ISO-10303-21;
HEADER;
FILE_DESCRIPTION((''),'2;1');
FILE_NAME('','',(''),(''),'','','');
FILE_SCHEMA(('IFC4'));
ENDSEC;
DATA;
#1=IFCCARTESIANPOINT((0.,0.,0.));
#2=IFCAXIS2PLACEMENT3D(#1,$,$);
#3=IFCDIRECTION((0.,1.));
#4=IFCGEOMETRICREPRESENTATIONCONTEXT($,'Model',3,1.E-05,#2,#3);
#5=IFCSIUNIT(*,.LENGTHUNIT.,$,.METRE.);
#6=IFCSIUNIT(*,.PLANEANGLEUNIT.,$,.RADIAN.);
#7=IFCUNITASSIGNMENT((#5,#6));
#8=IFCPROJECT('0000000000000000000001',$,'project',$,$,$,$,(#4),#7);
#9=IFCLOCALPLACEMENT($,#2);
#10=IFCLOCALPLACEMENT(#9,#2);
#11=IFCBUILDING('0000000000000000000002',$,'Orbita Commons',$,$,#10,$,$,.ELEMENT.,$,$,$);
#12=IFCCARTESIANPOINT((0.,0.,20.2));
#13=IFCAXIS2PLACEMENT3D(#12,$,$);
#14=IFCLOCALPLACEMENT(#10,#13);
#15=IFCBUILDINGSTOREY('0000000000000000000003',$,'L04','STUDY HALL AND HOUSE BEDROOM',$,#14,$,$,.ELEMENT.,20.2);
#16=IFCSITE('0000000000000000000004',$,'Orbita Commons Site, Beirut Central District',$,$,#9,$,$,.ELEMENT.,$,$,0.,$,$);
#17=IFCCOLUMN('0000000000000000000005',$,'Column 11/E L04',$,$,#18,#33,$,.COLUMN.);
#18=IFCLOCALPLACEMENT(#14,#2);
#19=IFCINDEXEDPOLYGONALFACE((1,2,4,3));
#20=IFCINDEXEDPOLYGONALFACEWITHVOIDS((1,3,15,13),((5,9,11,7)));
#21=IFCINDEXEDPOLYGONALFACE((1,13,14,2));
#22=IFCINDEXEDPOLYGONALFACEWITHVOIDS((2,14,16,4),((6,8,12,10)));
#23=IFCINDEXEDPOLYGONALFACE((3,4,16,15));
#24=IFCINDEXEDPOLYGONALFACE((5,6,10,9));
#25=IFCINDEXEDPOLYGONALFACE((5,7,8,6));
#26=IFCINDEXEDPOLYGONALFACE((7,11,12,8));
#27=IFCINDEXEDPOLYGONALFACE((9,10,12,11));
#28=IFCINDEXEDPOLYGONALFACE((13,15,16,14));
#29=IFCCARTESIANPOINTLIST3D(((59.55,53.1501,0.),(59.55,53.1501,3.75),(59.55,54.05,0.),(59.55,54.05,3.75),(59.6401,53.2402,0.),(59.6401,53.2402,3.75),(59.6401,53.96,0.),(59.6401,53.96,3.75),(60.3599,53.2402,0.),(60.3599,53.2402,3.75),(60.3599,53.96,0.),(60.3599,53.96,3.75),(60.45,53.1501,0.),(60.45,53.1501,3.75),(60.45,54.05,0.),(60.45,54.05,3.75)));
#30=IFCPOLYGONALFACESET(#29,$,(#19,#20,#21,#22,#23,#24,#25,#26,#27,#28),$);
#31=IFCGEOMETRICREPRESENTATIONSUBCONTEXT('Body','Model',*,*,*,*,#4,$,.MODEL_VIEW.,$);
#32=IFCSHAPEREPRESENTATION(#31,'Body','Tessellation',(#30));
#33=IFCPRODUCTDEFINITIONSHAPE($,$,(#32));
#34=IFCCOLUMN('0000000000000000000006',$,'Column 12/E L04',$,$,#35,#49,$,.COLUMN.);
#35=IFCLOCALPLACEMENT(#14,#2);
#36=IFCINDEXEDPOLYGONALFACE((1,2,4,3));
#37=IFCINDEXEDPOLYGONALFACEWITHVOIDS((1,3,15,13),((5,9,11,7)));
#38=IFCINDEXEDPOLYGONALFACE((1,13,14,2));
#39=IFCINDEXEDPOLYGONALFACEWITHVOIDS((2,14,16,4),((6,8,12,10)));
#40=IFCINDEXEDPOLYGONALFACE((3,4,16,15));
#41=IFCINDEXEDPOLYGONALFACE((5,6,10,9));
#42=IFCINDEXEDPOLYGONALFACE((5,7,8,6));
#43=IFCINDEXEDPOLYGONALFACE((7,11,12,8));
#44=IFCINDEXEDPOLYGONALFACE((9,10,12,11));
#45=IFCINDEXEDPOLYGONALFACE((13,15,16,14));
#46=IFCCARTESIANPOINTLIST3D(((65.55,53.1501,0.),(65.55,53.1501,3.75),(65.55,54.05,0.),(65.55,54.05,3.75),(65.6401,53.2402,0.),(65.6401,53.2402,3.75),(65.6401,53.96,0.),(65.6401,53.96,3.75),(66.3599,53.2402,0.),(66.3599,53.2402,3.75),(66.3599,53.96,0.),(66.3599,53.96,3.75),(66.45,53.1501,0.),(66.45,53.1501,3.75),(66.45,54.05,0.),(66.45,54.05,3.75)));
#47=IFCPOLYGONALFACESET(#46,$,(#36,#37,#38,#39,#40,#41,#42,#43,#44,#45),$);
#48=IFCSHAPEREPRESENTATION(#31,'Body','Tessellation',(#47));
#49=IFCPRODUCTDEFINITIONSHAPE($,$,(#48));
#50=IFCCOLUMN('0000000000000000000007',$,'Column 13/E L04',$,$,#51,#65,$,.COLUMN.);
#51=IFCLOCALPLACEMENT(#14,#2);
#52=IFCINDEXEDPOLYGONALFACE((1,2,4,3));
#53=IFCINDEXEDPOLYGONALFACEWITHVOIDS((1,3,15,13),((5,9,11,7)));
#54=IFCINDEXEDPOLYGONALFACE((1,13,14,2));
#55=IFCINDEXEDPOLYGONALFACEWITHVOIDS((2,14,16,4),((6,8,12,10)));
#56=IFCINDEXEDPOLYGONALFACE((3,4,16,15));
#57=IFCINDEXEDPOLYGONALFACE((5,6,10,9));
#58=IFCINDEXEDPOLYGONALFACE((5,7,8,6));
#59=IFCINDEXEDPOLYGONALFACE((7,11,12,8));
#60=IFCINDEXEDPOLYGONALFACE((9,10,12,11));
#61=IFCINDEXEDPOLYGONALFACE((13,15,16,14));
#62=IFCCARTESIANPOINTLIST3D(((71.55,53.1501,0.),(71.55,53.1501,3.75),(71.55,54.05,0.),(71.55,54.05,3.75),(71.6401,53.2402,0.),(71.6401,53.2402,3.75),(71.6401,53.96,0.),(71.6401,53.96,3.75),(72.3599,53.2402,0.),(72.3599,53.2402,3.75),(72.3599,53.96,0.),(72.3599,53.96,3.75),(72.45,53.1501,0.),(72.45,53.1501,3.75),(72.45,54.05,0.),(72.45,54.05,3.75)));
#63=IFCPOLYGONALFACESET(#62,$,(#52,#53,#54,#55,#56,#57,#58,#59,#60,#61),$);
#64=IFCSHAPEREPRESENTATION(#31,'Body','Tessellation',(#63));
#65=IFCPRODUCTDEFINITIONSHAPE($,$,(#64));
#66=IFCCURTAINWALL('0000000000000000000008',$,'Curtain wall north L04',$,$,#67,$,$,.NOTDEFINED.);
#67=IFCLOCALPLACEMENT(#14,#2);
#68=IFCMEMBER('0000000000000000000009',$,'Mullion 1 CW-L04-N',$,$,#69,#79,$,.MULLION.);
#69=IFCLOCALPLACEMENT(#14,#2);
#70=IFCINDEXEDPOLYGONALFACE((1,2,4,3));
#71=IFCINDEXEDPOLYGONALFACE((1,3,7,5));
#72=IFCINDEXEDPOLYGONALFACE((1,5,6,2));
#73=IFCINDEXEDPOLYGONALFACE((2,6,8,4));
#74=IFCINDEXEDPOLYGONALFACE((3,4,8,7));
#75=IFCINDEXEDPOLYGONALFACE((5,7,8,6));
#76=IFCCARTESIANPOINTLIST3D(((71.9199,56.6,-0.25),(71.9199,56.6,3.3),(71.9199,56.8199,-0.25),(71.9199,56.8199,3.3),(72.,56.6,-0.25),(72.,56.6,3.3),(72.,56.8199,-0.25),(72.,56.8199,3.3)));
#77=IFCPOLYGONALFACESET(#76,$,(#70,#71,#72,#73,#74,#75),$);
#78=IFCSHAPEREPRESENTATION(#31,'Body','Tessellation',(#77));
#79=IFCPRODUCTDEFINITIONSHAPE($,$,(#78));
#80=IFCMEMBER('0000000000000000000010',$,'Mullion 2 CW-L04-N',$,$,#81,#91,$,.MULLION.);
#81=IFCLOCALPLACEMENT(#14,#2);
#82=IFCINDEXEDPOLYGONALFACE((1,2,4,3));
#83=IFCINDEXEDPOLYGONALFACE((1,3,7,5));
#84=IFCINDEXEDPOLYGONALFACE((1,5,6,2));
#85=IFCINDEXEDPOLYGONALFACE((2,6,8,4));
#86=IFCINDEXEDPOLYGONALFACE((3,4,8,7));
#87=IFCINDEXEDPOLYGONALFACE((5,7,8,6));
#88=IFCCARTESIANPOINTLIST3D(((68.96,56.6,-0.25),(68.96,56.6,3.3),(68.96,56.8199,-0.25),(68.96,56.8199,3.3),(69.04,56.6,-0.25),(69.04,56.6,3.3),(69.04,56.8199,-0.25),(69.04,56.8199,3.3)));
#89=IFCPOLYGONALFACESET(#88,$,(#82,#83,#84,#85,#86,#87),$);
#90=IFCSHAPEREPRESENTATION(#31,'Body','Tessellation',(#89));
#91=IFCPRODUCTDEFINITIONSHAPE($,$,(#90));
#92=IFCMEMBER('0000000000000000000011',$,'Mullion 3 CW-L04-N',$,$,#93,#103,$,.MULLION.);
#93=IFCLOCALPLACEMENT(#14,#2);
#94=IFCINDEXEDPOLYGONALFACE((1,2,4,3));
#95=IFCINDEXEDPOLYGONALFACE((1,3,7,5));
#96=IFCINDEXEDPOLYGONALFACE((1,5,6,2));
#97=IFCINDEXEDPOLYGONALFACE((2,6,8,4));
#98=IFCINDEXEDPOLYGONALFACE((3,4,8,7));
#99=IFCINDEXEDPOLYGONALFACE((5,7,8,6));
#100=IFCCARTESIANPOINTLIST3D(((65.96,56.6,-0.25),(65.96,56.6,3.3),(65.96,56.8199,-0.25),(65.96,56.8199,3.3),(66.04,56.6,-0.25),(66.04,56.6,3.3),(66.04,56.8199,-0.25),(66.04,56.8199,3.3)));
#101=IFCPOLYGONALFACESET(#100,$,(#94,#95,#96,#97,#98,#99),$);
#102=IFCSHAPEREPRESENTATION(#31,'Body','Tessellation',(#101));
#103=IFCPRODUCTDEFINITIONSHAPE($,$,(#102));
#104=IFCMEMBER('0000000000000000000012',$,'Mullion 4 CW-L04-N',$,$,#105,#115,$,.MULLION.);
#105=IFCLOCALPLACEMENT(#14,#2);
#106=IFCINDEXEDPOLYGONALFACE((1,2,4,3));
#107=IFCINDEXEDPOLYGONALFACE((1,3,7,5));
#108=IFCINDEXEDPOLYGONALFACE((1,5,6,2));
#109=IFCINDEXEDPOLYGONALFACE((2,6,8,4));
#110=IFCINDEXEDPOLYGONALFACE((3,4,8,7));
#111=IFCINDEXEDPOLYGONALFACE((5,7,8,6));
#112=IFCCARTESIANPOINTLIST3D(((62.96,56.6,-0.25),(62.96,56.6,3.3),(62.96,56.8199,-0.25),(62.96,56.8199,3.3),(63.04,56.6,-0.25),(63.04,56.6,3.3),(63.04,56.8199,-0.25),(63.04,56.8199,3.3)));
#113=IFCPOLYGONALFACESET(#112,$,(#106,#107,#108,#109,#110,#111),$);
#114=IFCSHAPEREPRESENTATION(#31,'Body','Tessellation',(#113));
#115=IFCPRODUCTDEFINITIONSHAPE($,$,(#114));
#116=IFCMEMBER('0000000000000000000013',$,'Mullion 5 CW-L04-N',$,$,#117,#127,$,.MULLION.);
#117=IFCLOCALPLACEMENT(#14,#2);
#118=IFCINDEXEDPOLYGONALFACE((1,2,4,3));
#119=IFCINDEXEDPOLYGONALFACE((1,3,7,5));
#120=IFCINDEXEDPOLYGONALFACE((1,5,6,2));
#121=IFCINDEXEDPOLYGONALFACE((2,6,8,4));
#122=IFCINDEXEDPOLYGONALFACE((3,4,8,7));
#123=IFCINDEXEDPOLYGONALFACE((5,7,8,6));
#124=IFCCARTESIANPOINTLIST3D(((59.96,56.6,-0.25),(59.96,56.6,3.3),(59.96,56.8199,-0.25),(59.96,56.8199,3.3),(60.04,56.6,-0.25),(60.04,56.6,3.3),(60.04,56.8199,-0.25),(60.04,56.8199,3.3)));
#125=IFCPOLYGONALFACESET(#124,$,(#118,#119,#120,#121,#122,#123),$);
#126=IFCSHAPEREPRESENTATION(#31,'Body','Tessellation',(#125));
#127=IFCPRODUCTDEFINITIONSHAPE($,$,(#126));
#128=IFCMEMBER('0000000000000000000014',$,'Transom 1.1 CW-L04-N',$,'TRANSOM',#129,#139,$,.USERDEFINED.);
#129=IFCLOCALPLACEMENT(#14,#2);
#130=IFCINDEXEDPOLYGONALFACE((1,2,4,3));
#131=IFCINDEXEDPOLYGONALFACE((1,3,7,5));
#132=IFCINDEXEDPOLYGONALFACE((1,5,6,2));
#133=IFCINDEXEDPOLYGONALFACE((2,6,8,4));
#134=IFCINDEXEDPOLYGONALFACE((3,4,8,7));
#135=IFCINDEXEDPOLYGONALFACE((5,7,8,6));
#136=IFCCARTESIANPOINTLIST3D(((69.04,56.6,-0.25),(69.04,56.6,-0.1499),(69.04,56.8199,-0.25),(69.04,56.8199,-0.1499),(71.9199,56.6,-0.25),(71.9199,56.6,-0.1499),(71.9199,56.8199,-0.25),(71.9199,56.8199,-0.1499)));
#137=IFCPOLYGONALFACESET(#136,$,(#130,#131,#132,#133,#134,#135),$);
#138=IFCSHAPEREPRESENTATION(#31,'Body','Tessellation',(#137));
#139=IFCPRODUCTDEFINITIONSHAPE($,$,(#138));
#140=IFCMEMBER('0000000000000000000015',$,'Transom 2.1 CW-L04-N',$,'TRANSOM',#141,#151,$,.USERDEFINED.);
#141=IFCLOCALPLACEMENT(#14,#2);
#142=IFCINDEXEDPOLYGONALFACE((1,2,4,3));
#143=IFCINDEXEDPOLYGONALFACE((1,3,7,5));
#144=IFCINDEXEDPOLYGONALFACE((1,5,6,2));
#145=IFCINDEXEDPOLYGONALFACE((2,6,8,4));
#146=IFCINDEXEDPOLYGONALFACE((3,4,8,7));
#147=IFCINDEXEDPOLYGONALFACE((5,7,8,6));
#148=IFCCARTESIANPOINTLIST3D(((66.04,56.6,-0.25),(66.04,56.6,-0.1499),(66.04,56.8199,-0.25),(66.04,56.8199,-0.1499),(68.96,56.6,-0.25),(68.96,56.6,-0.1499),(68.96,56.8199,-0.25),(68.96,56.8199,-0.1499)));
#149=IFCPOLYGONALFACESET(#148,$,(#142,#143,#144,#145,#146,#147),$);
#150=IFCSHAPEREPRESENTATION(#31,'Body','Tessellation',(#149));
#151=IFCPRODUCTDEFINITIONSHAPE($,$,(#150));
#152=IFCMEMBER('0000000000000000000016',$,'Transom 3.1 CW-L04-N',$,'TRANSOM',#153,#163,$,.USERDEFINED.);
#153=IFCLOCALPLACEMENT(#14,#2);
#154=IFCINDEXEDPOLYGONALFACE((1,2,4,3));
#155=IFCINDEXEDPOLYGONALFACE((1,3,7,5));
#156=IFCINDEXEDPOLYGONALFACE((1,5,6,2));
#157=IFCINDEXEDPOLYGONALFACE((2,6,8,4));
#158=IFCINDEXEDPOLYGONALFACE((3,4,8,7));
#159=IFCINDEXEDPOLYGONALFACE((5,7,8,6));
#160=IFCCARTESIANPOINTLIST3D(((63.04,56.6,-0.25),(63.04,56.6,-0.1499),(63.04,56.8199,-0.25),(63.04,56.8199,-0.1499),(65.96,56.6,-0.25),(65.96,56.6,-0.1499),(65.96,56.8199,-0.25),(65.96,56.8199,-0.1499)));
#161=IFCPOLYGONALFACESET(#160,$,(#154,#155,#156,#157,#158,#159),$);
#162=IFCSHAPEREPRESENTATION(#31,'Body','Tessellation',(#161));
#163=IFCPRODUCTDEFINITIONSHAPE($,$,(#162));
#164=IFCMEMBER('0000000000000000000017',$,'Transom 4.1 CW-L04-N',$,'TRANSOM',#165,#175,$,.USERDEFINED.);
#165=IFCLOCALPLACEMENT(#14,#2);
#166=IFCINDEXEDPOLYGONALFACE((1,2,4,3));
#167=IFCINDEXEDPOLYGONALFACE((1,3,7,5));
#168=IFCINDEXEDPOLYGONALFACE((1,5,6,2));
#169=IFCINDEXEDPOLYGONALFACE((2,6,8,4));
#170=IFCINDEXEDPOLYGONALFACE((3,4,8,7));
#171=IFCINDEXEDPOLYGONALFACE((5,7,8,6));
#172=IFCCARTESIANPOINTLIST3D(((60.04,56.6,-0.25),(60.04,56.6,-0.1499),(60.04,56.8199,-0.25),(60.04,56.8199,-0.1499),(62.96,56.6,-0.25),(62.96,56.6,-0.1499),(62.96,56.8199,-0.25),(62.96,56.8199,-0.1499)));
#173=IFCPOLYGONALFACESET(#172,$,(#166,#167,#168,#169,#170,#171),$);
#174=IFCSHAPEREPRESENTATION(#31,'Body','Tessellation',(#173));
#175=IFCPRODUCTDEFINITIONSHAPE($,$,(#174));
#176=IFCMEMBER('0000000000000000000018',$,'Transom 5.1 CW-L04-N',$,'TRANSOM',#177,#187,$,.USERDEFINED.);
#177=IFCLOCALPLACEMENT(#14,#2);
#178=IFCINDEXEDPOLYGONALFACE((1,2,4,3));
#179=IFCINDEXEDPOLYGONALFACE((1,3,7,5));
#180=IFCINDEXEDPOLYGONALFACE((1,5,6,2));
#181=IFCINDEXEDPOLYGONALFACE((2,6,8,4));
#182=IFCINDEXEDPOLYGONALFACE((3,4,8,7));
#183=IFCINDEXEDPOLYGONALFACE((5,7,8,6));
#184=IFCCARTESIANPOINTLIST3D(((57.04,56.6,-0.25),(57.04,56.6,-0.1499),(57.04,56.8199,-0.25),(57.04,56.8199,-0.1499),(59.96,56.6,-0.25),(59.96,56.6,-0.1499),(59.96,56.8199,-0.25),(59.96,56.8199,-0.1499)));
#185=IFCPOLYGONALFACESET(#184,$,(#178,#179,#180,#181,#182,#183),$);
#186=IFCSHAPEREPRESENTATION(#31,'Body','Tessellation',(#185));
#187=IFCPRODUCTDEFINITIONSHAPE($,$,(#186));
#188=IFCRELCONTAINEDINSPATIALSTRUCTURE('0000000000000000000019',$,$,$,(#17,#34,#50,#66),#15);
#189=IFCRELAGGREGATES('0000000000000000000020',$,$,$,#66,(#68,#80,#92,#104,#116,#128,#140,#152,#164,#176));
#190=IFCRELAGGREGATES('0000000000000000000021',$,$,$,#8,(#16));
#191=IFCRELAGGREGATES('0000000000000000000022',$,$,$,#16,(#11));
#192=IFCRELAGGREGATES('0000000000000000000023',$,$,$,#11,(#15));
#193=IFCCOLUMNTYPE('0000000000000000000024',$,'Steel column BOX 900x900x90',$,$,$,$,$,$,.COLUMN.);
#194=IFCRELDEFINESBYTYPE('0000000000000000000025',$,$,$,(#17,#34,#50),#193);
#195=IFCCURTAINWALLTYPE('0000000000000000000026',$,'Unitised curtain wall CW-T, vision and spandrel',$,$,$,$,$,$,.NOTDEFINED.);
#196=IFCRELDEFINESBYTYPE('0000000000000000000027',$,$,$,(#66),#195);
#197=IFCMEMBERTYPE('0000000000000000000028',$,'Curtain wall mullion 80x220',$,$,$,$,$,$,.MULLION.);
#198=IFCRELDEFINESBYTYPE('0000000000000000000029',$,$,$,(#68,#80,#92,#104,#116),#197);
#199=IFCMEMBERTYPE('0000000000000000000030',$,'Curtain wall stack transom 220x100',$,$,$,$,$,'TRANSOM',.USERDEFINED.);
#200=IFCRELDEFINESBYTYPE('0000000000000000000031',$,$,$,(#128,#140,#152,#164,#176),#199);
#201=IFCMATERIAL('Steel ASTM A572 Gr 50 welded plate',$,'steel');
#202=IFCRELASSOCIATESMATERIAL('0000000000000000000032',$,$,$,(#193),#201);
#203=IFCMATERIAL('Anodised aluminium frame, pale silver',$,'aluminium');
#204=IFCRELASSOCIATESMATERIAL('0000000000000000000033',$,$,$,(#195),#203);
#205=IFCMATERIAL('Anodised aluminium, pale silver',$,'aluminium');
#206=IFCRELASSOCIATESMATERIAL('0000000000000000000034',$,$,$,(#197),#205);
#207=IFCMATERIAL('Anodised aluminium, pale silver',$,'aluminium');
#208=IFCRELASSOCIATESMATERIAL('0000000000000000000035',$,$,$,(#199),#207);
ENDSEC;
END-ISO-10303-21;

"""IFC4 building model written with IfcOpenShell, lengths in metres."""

from ifc_helpers import new_model, si_unit, direction, frame, origin, origin_2d, place, context, subcontext, project, spatial, rectangle, hollow_rectangle, extrude, material, material_profile, profile_set, type_object, element, aggregate, save


model = new_model("IFC4")

# Units and contexts
model_context = context("Model", 3, precision=1e-05, world=origin(), true_north=direction((0.0, 1.0)))
body_context = subcontext(model_context, "Body", "Model", "MODEL_VIEW")
ifc_project = project(units=[si_unit("LENGTHUNIT", "METRE"), si_unit("PLANEANGLEUNIT", "RADIAN")], contexts=[model_context])

# Site, building, storey
site_placement = place(None, origin())
site = spatial("IfcSite", under=ifc_project, at=site_placement, Name="Orbita Commons Site, Beirut Central District", CompositionType="ELEMENT", RefElevation=0.0)
building_placement = place(site_placement, origin())
building = spatial("IfcBuilding", under=site, at=building_placement, Name="Orbita Commons", CompositionType="ELEMENT")
storey_placement = place(building_placement, frame((0.0, 0.0, 20.2)))
storey = spatial("IfcBuildingStorey", under=building, at=storey_placement, Name="L04", Description="STUDY HALL AND HOUSE BEDROOM", CompositionType="ELEMENT", Elevation=20.2)

# Columns
ifc_material_1 = material(Name="Steel ASTM A572 Gr 50 welded plate", Category="steel")
ifc_material_profile_1 = material_profile(ifc_material_1, hollow_rectangle(XDim=0.8999, YDim=0.8999, WallThickness=0.0901, at=origin_2d()), Name="BOX 900x900x90")
ifc_profile_set_1 = profile_set([ifc_material_profile_1], Name="Steel ASTM A572 Gr 50 welded plate")
column_type = type_object("IfcColumnType", Name="Steel column BOX 900x900x90", PredefinedType="COLUMN", material=ifc_profile_set_1)
for number, where, z_axis, x_axis, name in (
    (1, (60.0, 53.6001, 0.0), (0.0, 0.0, 1.0), (1.0, 0.0, 0.0), "Column 11/E L04"),
    (2, (66.0, 53.6001, 0.0), (0.0, 0.0, 1.0), (1.0, 0.0, 0.0), "Column 12/E L04"),
    (3, (72.0, 53.6001, 0.0), (0.0, 0.0, 1.0), (1.0, 0.0, 0.0), "Column 13/E L04"),
):
    element("IfcColumn", number, at=place(storey_placement, frame(where, z_axis=z_axis, x_axis=x_axis)), inside=storey, type_object=column_type, Name=name, PredefinedType="COLUMN", context=body_context, shape_type="SweptSolid", body=[
        extrude(hollow_rectangle(XDim=0.8999, YDim=0.8999, WallThickness=0.0901, at=origin_2d()), origin(), (0.0, 0.0, 1.0), 3.75),
    ])

# Curtain wall, members
ifc_material_2 = material(Name="Anodised aluminium frame, pale silver", Category="aluminium")
curtain_wall_type = type_object("IfcCurtainWallType", Name="Unitised curtain wall CW-T, vision and spandrel", PredefinedType="NOTDEFINED", material=ifc_material_2)
curtain_wall_placement = place(storey_placement, origin())
curtain_wall = element("IfcCurtainWall", 4, at=curtain_wall_placement, inside=storey, type_object=curtain_wall_type, Name="Curtain wall north L04", PredefinedType="NOTDEFINED")
ifc_material_3 = material(Name="Anodised aluminium, pale silver", Category="aluminium")
ifc_material_profile_2 = material_profile(ifc_material_3, rectangle(XDim=0.0801, YDim=0.22, at=origin_2d()), Name="AL 80x220")
ifc_profile_set_2 = profile_set([ifc_material_profile_2], Name="Anodised aluminium, pale silver")
member_type_1 = type_object("IfcMemberType", Name="Curtain wall mullion 80x220", PredefinedType="MULLION", material=ifc_profile_set_2)
member_1_placement = place(storey_placement, frame((71.96, 56.71, -0.25), z_axis=(0.0, 0.0, 1.0), x_axis=(-1.0, 0.0, 0.0)))
member_1 = element("IfcMember", 5, at=member_1_placement, type_object=member_type_1, Name="Mullion 1 CW-L04-N", PredefinedType="MULLION", context=body_context, shape_type="SweptSolid", body=[
    extrude(rectangle(XDim=0.0801, YDim=0.22, at=origin_2d()), origin(), (0.0, 0.0, 1.0), 3.55),
])
member_2_placement = place(storey_placement, frame((69.0, 56.71, -0.25), z_axis=(0.0, 0.0, 1.0), x_axis=(-1.0, 0.0, 0.0)))
member_2 = element("IfcMember", 6, at=member_2_placement, type_object=member_type_1, Name="Mullion 2 CW-L04-N", PredefinedType="MULLION", context=body_context, shape_type="SweptSolid", body=[
    extrude(rectangle(XDim=0.0801, YDim=0.22, at=origin_2d()), origin(), (0.0, 0.0, 1.0), 3.55),
])
member_3_placement = place(storey_placement, frame((66.0, 56.71, -0.25), z_axis=(0.0, 0.0, 1.0), x_axis=(-1.0, 0.0, 0.0)))
member_3 = element("IfcMember", 7, at=member_3_placement, type_object=member_type_1, Name="Mullion 3 CW-L04-N", PredefinedType="MULLION", context=body_context, shape_type="SweptSolid", body=[
    extrude(rectangle(XDim=0.0801, YDim=0.22, at=origin_2d()), origin(), (0.0, 0.0, 1.0), 3.55),
])
member_4_placement = place(storey_placement, frame((63.0, 56.71, -0.25), z_axis=(0.0, 0.0, 1.0), x_axis=(-1.0, 0.0, 0.0)))
member_4 = element("IfcMember", 8, at=member_4_placement, type_object=member_type_1, Name="Mullion 4 CW-L04-N", PredefinedType="MULLION", context=body_context, shape_type="SweptSolid", body=[
    extrude(rectangle(XDim=0.0801, YDim=0.22, at=origin_2d()), origin(), (0.0, 0.0, 1.0), 3.55),
])
member_5_placement = place(storey_placement, frame((60.0, 56.71, -0.25), z_axis=(0.0, 0.0, 1.0), x_axis=(-1.0, 0.0, 0.0)))
member_5 = element("IfcMember", 9, at=member_5_placement, type_object=member_type_1, Name="Mullion 5 CW-L04-N", PredefinedType="MULLION", context=body_context, shape_type="SweptSolid", body=[
    extrude(rectangle(XDim=0.0801, YDim=0.22, at=origin_2d()), origin(), (0.0, 0.0, 1.0), 3.55),
])
ifc_material_4 = material(Name="Anodised aluminium, pale silver", Category="aluminium")
ifc_material_profile_3 = material_profile(ifc_material_4, rectangle(XDim=0.22, YDim=0.1001, at=origin_2d()), Name="AL 220x100")
ifc_profile_set_3 = profile_set([ifc_material_profile_3], Name="Anodised aluminium, pale silver")
member_type_2 = type_object("IfcMemberType", Name="Curtain wall stack transom 220x100", ElementType="TRANSOM", PredefinedType="USERDEFINED", material=ifc_profile_set_3)
member_6_placement = place(storey_placement, frame((71.9199, 56.71, -0.2), z_axis=(-1.0, 0.0, 0.0), x_axis=(0.0, -1.0, 0.0)))
member_6 = element("IfcMember", 10, at=member_6_placement, type_object=member_type_2, Name="Transom 1.1 CW-L04-N", ObjectType="TRANSOM", PredefinedType="USERDEFINED", context=body_context, shape_type="SweptSolid", body=[
    extrude(rectangle(XDim=0.22, YDim=0.1001, at=origin_2d()), origin(), (0.0, 0.0, 1.0), 2.8799),
])
member_7_placement = place(storey_placement, frame((68.96, 56.71, -0.2), z_axis=(-1.0, 0.0, 0.0), x_axis=(0.0, -1.0, 0.0)))
member_7 = element("IfcMember", 11, at=member_7_placement, type_object=member_type_2, Name="Transom 2.1 CW-L04-N", ObjectType="TRANSOM", PredefinedType="USERDEFINED", context=body_context, shape_type="SweptSolid", body=[
    extrude(rectangle(XDim=0.22, YDim=0.1001, at=origin_2d()), origin(), (0.0, 0.0, 1.0), 2.9199),
])
member_8_placement = place(storey_placement, frame((65.96, 56.71, -0.2), z_axis=(-1.0, 0.0, 0.0), x_axis=(0.0, -1.0, 0.0)))
member_8 = element("IfcMember", 12, at=member_8_placement, type_object=member_type_2, Name="Transom 3.1 CW-L04-N", ObjectType="TRANSOM", PredefinedType="USERDEFINED", context=body_context, shape_type="SweptSolid", body=[
    extrude(rectangle(XDim=0.22, YDim=0.1001, at=origin_2d()), origin(), (0.0, 0.0, 1.0), 2.9199),
])
member_9_placement = place(storey_placement, frame((62.96, 56.71, -0.2), z_axis=(-1.0, 0.0, 0.0), x_axis=(0.0, -1.0, 0.0)))
member_9 = element("IfcMember", 13, at=member_9_placement, type_object=member_type_2, Name="Transom 4.1 CW-L04-N", ObjectType="TRANSOM", PredefinedType="USERDEFINED", context=body_context, shape_type="SweptSolid", body=[
    extrude(rectangle(XDim=0.22, YDim=0.1001, at=origin_2d()), origin(), (0.0, 0.0, 1.0), 2.9199),
])
member_10_placement = place(storey_placement, frame((59.96, 56.71, -0.2), z_axis=(-1.0, 0.0, 0.0), x_axis=(0.0, -1.0, 0.0)))
member_10 = element("IfcMember", 14, at=member_10_placement, type_object=member_type_2, Name="Transom 5.1 CW-L04-N", ObjectType="TRANSOM", PredefinedType="USERDEFINED", context=body_context, shape_type="SweptSolid", body=[
    extrude(rectangle(XDim=0.22, YDim=0.1001, at=origin_2d()), origin(), (0.0, 0.0, 1.0), 2.9199),
])

aggregate(curtain_wall, [member_1, member_2, member_3, member_4, member_5, member_6, member_7, member_8, member_9, member_10])

save(model, "model.ifc")
